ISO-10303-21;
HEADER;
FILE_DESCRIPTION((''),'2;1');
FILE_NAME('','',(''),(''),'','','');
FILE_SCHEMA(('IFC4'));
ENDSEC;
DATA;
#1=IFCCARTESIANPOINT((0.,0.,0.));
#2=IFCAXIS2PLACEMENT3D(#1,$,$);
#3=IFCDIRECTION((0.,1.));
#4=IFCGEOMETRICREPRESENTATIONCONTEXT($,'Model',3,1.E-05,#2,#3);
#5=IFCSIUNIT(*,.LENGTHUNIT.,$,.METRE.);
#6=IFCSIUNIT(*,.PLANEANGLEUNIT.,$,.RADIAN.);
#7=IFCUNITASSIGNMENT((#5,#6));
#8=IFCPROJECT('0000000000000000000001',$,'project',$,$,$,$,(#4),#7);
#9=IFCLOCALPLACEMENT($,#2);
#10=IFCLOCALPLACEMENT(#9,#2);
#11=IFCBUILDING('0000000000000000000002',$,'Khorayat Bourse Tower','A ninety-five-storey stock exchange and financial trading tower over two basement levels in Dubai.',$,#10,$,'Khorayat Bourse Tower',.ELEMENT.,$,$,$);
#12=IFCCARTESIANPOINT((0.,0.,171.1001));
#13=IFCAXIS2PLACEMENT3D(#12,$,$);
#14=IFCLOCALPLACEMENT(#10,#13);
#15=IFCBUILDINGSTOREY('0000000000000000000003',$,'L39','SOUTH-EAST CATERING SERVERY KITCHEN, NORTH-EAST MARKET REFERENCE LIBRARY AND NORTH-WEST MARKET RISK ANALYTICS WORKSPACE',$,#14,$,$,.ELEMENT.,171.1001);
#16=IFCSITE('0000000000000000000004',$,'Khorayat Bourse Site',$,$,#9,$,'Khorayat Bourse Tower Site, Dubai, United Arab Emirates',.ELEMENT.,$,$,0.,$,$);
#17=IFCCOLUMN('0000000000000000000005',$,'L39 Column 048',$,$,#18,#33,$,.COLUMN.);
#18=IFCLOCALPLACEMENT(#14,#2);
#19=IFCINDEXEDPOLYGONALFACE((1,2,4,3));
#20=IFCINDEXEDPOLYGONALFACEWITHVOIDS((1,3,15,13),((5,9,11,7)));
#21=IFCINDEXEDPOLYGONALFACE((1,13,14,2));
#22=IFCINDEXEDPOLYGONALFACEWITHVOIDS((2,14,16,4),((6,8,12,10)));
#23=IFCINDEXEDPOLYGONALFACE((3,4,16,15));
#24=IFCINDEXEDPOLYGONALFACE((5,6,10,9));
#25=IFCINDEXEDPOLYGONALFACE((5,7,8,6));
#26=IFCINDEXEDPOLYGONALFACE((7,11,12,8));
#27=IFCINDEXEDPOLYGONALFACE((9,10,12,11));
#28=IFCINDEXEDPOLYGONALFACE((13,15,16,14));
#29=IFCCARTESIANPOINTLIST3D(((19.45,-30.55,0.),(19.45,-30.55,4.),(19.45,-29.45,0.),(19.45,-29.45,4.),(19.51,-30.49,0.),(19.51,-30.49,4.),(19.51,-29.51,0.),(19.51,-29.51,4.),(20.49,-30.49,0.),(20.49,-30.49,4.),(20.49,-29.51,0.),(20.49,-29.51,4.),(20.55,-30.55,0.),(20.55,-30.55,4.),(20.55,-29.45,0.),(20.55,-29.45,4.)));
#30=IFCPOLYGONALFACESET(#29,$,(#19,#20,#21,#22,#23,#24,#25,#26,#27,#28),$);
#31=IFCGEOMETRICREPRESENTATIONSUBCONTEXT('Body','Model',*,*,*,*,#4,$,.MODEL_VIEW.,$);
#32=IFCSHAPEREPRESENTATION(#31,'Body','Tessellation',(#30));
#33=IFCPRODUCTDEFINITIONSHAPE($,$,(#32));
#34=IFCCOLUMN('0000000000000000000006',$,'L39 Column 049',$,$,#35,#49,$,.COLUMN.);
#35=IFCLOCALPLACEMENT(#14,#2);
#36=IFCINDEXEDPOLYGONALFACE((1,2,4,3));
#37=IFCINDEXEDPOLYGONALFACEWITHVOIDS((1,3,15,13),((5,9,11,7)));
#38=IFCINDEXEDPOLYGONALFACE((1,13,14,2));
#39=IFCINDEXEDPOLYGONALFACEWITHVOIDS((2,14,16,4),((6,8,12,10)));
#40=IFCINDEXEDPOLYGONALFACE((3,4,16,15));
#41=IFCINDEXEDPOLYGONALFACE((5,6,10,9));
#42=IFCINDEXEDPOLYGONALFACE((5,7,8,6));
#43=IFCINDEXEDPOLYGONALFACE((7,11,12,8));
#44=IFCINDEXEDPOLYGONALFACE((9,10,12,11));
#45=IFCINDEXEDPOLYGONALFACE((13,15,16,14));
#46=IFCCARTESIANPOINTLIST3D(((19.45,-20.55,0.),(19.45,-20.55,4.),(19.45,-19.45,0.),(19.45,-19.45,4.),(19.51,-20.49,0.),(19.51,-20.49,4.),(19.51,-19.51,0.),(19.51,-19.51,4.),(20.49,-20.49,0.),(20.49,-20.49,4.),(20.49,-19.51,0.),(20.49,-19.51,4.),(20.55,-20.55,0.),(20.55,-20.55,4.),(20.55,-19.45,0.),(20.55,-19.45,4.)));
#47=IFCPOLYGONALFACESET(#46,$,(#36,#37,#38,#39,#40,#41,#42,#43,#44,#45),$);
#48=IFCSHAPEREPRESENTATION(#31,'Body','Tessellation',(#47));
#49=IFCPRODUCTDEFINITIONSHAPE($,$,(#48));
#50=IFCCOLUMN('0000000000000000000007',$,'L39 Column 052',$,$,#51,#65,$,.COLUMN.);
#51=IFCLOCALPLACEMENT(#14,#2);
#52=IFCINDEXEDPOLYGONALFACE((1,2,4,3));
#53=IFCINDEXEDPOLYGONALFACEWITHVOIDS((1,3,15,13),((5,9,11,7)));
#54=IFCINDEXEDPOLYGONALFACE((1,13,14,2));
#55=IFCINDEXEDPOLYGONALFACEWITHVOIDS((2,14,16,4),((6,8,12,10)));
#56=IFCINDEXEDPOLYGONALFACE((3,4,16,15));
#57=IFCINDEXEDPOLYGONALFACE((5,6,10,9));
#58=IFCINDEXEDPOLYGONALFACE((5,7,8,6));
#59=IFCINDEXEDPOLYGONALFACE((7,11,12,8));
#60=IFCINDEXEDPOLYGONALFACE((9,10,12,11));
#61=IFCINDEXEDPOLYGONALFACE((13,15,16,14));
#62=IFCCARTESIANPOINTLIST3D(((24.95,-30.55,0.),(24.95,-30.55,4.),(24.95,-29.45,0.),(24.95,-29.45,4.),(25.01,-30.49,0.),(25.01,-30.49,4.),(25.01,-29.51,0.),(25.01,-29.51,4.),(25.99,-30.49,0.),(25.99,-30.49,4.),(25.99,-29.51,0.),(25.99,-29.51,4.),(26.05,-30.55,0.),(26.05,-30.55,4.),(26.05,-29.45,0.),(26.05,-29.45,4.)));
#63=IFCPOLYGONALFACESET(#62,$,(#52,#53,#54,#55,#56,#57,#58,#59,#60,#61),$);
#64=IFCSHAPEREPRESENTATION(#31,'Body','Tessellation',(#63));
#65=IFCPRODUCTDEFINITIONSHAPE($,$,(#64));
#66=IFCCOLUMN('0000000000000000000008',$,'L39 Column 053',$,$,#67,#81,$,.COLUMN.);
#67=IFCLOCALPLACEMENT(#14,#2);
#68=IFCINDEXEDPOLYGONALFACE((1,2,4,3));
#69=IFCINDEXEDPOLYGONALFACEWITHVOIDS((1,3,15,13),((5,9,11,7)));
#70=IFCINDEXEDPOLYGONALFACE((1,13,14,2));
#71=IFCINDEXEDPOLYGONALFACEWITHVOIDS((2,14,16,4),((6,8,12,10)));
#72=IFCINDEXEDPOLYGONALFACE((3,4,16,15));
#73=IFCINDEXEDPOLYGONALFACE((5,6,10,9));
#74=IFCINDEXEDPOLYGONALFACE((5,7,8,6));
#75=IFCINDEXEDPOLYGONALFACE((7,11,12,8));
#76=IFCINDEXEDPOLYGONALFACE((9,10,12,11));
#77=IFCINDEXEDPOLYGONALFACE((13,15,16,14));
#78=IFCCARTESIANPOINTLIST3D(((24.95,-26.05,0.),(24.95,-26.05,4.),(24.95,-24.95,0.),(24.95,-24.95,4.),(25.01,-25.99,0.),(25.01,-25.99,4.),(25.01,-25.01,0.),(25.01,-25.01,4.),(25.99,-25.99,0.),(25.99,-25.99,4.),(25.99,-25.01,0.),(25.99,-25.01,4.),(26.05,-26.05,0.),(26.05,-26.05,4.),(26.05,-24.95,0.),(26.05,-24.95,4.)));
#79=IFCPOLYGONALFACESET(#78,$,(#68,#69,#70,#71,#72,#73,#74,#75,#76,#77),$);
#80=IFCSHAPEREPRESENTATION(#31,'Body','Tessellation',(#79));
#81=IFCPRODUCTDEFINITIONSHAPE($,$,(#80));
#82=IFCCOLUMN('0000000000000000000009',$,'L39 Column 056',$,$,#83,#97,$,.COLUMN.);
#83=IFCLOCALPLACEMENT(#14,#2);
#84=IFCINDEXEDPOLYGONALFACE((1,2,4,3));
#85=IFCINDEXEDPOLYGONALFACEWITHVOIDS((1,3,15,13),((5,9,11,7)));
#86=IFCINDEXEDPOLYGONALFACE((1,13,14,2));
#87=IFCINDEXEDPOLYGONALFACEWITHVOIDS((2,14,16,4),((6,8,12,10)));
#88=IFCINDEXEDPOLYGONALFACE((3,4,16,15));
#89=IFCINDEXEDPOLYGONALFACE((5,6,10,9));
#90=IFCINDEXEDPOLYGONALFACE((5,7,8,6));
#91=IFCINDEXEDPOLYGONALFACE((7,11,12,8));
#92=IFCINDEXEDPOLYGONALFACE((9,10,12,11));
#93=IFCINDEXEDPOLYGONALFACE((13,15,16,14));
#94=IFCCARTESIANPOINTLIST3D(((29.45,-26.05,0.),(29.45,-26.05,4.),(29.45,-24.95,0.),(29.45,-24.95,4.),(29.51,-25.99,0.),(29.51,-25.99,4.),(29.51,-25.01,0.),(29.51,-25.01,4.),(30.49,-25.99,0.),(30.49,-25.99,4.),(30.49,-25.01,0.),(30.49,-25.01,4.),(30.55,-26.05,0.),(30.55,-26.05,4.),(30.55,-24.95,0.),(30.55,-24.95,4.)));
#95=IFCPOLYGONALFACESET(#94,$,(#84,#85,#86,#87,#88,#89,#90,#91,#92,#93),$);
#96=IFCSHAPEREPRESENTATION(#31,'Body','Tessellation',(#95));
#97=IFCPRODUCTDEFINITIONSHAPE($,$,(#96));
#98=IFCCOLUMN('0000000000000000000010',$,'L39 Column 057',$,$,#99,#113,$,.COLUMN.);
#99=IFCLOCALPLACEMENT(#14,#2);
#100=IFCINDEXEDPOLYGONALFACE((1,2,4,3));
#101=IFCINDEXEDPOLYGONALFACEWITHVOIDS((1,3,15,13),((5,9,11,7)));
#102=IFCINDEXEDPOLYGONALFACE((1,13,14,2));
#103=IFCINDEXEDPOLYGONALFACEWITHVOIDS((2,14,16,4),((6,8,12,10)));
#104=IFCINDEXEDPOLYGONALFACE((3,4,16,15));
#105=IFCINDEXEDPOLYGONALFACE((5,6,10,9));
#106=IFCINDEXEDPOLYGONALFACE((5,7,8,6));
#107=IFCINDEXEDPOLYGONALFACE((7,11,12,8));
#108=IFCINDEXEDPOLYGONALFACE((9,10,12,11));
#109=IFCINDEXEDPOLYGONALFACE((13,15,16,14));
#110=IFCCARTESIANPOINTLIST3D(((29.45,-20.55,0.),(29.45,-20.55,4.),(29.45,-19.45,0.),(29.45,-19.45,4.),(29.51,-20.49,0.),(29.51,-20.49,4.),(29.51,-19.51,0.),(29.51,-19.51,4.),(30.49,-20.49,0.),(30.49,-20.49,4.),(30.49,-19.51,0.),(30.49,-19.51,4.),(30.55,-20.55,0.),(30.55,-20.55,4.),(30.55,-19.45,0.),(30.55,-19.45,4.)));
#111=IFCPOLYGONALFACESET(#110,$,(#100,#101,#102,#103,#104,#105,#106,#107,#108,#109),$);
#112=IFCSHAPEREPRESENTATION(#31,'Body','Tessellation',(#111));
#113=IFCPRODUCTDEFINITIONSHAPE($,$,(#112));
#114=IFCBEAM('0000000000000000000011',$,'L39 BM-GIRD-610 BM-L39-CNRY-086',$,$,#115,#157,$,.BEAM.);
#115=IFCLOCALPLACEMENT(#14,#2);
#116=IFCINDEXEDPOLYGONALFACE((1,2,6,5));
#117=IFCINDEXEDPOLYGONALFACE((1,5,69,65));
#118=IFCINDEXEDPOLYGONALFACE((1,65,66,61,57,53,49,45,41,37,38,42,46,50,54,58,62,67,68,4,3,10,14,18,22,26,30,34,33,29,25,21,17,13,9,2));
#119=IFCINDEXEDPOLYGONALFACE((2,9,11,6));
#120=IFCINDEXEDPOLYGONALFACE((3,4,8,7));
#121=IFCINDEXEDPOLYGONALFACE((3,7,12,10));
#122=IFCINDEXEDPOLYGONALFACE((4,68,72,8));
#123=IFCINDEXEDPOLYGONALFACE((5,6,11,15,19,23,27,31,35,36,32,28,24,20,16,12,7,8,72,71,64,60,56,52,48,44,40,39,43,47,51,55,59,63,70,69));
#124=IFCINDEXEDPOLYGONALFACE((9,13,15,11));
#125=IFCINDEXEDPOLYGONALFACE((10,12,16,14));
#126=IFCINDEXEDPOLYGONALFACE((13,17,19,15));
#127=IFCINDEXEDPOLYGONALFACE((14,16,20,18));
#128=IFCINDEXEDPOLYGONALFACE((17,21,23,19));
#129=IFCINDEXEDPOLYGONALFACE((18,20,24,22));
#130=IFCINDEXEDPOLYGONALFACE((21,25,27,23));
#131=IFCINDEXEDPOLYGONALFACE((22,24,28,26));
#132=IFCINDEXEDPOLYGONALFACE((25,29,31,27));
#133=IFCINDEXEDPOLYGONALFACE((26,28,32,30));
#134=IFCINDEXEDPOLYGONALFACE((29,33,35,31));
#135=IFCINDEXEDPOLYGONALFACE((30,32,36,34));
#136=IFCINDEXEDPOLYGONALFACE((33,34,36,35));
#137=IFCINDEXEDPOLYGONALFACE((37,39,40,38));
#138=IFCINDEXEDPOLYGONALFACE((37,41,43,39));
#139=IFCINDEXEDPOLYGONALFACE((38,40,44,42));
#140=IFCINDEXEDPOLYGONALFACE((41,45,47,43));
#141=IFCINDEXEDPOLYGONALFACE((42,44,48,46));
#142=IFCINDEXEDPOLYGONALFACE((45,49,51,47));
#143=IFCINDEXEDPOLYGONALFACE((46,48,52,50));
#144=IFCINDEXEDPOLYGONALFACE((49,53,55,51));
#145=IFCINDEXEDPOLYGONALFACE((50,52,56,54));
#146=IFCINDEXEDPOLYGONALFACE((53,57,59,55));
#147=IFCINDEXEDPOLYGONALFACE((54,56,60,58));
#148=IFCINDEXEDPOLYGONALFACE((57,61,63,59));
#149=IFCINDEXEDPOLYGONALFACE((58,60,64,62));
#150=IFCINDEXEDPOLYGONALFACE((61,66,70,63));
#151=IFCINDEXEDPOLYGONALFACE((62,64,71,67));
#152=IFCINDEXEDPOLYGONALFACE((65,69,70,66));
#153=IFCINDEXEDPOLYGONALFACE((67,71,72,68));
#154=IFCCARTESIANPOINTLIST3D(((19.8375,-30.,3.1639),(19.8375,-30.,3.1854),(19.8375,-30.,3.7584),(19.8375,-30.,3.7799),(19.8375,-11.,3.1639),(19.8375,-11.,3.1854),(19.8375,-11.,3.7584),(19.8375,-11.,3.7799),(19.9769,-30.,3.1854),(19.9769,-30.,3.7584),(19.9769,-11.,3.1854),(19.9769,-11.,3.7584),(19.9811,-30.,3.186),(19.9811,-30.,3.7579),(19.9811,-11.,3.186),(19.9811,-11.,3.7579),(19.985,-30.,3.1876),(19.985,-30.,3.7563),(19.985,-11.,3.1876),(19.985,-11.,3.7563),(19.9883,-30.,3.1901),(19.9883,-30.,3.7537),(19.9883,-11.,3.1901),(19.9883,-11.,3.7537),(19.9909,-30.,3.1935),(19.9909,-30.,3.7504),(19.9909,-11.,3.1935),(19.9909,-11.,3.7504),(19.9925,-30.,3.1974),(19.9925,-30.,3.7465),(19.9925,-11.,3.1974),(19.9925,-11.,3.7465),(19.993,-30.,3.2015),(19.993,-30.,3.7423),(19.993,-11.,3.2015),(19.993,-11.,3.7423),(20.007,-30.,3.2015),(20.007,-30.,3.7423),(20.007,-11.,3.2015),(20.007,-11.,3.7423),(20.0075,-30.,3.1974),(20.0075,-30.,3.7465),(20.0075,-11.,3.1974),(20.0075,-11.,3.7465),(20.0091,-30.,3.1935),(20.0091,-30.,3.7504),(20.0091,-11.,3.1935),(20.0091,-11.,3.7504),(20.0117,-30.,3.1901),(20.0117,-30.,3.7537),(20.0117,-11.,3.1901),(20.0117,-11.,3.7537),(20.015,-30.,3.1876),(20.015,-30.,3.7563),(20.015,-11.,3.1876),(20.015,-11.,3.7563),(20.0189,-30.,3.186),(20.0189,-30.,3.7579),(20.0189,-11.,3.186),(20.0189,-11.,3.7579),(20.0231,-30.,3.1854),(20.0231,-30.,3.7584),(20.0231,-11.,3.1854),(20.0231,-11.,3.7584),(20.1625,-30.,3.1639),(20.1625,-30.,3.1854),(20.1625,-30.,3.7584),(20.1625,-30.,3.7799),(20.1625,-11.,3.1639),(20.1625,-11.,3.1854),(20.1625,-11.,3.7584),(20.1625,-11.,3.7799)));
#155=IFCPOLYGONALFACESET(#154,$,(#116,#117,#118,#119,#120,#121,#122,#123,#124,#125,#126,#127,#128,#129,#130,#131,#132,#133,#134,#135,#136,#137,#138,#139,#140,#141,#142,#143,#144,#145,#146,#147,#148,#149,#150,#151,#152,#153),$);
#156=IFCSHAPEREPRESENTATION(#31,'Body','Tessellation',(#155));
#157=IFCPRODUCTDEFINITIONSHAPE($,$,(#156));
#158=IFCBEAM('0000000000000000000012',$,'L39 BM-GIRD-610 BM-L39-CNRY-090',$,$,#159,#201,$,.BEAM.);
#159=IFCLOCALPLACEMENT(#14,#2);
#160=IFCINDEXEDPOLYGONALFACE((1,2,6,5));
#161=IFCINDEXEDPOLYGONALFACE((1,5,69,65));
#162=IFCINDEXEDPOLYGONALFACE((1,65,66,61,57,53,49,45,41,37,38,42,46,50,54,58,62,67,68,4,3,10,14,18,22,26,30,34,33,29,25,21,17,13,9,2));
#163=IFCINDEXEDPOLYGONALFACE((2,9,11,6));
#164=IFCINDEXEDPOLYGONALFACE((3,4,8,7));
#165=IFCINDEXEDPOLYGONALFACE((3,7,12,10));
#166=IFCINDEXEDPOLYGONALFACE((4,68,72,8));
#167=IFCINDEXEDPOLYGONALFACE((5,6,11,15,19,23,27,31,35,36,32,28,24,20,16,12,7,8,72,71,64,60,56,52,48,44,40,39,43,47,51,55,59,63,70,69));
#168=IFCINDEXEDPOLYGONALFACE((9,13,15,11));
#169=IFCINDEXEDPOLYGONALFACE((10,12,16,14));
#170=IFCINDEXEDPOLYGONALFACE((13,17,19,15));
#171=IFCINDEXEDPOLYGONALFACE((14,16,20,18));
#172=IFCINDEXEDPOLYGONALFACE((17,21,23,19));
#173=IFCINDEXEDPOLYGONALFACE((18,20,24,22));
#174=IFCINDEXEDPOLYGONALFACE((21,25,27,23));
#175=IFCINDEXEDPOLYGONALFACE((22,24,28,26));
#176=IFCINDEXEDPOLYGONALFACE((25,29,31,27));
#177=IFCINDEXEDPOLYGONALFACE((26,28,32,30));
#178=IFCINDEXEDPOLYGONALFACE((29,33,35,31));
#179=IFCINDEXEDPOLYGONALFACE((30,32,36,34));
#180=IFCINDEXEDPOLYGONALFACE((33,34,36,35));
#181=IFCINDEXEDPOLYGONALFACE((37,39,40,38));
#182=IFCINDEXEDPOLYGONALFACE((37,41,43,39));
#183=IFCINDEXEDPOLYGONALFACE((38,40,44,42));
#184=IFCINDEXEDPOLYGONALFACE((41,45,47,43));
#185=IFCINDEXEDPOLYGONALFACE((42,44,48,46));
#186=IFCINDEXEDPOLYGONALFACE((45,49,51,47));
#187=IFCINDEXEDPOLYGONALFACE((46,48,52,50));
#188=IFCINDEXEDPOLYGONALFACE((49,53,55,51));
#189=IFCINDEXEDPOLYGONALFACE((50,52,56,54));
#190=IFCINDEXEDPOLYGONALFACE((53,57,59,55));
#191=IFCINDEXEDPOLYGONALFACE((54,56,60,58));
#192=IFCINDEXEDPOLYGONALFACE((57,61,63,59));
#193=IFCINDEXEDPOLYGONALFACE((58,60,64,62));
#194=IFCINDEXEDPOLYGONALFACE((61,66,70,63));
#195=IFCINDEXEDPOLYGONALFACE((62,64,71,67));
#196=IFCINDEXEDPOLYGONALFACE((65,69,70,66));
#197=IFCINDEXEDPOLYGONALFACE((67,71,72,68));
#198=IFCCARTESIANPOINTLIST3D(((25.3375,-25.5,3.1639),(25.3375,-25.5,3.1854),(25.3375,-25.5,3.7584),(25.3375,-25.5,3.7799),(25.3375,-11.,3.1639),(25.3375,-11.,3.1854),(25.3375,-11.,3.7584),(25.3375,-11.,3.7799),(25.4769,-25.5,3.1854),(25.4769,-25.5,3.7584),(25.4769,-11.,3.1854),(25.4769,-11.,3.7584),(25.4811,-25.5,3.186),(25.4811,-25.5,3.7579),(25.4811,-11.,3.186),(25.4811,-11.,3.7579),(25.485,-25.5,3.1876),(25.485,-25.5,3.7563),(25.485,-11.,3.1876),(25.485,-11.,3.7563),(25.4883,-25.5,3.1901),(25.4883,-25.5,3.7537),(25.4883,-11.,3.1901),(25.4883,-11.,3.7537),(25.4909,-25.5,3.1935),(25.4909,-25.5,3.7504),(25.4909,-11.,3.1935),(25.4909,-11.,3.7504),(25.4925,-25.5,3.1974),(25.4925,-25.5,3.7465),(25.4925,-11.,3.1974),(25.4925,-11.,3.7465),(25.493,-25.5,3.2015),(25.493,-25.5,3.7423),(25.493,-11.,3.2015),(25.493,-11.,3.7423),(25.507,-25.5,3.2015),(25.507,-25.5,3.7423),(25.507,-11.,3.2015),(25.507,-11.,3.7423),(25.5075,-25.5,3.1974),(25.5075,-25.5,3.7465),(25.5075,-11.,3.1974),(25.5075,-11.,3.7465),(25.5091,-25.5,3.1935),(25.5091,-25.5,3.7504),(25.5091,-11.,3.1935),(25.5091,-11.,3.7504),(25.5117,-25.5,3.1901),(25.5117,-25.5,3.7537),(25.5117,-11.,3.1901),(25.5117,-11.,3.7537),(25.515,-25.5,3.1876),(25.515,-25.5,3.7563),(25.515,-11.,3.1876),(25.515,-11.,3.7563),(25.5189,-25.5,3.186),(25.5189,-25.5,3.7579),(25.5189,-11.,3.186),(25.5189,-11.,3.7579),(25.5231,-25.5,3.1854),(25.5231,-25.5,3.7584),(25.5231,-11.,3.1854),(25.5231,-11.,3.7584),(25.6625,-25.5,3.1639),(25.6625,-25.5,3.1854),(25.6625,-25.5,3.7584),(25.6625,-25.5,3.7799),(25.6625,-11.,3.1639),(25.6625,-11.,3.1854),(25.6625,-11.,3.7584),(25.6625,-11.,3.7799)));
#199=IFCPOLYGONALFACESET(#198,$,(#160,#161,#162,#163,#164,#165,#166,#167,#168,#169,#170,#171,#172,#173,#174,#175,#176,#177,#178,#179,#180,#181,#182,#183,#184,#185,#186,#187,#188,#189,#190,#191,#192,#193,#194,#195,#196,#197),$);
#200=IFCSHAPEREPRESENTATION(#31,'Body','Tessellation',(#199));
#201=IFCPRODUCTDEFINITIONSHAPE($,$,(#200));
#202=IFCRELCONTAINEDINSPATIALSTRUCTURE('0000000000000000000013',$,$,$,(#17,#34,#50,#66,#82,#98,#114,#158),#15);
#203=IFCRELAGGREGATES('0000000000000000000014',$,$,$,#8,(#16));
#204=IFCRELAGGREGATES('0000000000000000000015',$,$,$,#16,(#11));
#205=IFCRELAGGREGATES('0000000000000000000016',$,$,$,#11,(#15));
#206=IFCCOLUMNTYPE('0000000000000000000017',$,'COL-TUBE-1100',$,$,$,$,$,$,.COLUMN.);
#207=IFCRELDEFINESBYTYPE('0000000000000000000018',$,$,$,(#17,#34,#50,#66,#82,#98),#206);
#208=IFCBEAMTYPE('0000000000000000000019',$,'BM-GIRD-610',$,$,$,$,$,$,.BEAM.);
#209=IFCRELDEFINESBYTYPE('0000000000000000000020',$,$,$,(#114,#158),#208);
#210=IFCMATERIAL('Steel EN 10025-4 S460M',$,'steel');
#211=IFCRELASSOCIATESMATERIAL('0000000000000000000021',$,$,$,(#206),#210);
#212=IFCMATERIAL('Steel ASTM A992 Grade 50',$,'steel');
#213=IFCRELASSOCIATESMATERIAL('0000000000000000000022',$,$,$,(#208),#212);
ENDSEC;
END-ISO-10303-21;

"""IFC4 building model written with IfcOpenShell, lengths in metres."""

from ifc_helpers import new_model, si_unit, direction, frame, origin, origin_2d, place, context, subcontext, project, spatial, hollow_rectangle, i_section, extrude, source, transform, mapped, material, material_profile, profile_set, type_object, element, save


model = new_model("IFC4")

# Units and contexts
model_context = context("Model", 3, precision=1e-05, world=origin(), true_north=direction((0.0, 1.0)))
body_context = subcontext(model_context, "Body", "Model", "MODEL_VIEW")
ifc_project = project(units=[si_unit("LENGTHUNIT", "METRE"), si_unit("PLANEANGLEUNIT", "RADIAN")], contexts=[model_context])

# Site, building, storey
site_placement = place(None, origin())
site = spatial("IfcSite", under=ifc_project, at=site_placement, Name="Khorayat Bourse Site", LongName="Khorayat Bourse Tower Site, Dubai, United Arab Emirates", CompositionType="ELEMENT", RefElevation=0.0)
building_placement = place(site_placement, origin())
building = spatial("IfcBuilding", under=site, at=building_placement, Name="Khorayat Bourse Tower", Description="A ninety-five-storey stock exchange and financial trading tower over two basement levels in Dubai.", LongName="Khorayat Bourse Tower", CompositionType="ELEMENT")
storey_placement = place(building_placement, frame((0.0, 0.0, 171.1001)))
storey = spatial("IfcBuildingStorey", under=building, at=storey_placement, Name="L39", Description="SOUTH-EAST CATERING SERVERY KITCHEN, NORTH-EAST MARKET REFERENCE LIBRARY AND NORTH-WEST MARKET RISK ANALYTICS WORKSPACE", CompositionType="ELEMENT", Elevation=171.1001)

# Columns
ifc_material_1 = material(Name="Steel EN 10025-4 S460M", Category="steel")
ifc_material_profile_1 = material_profile(ifc_material_1, hollow_rectangle(XDim=1.1001, YDim=1.1001, WallThickness=0.0601, at=origin_2d()), Name="BOX 1100x1100x60")
ifc_profile_set_1 = profile_set([ifc_material_profile_1], Name="Steel EN 10025-4 S460M")
column_type = type_object("IfcColumnType", Name="COL-TUBE-1100", PredefinedType="COLUMN", material=ifc_profile_set_1)
shared_shape_1 = source(origin(), body_context, "Body", "SweptSolid", [
    extrude(hollow_rectangle(XDim=1.1001, YDim=1.1001, WallThickness=0.0601, at=origin_2d()), origin(), (0.0, 0.0, 1.0), 4.0),
])
for number, where, z_axis, x_axis, name in (
    (1, (20.0, -30.0, 0.0), (0.0, 0.0, 1.0), (1.0, 0.0, 0.0), "L39 Column 048"),
    (2, (20.0, -20.0, 0.0), (0.0, 0.0, 1.0), (1.0, 0.0, 0.0), "L39 Column 049"),
    (3, (25.5, -30.0, 0.0), (0.0, 0.0, 1.0), (1.0, 0.0, 0.0), "L39 Column 052"),
    (4, (25.5, -25.5, 0.0), (0.0, 0.0, 1.0), (1.0, 0.0, 0.0), "L39 Column 053"),
    (5, (30.0, -25.5, 0.0), (0.0, 0.0, 1.0), (1.0, 0.0, 0.0), "L39 Column 056"),
    (6, (30.0, -20.0, 0.0), (0.0, 0.0, 1.0), (1.0, 0.0, 0.0), "L39 Column 057"),
):
    element("IfcColumn", number, at=place(storey_placement, frame(where, z_axis=z_axis, x_axis=x_axis)), inside=storey, type_object=column_type, Name=name, PredefinedType="COLUMN", context=body_context, shape_type="MappedRepresentation", body=[
        mapped(shared_shape_1, transform((0.0, 0.0, 0.0), scale=1.0)),
    ])

# Beams
ifc_material_2 = material(Name="Steel ASTM A992 Grade 50", Category="steel")
ifc_material_profile_2 = material_profile(ifc_material_2, i_section(OverallWidth=0.325, OverallDepth=0.616, WebThickness=0.0139, FlangeThickness=0.0215, FilletRadius=0.0161, at=origin_2d()), Name="W610X174")
ifc_profile_set_2 = profile_set([ifc_material_profile_2], Name="Steel ASTM A992 Grade 50")
beam_type_1 = type_object("IfcBeamType", Name="BM-GIRD-610", PredefinedType="BEAM", material=ifc_profile_set_2)
shared_shape_2 = source(origin(), body_context, "Body", "SweptSolid", [
    extrude(i_section(OverallWidth=0.325, OverallDepth=0.616, WebThickness=0.0139, FlangeThickness=0.0215, FilletRadius=0.0161, at=origin_2d()), origin(), (0.0, 0.0, 1.0), 19.0),
])
beam_1_placement = place(storey_placement, frame((20.0, -30.0, 3.4719), z_axis=(0.0, 1.0, 0.0), x_axis=(-1.0, 0.0, 0.0)))
element("IfcBeam", 7, at=beam_1_placement, inside=storey, type_object=beam_type_1, Name="L39 BM-GIRD-610 BM-L39-CNRY-086", PredefinedType="BEAM", context=body_context, shape_type="MappedRepresentation", body=[
    mapped(shared_shape_2, transform((0.0, 0.0, 0.0), scale=1.0)),
])
shared_shape_3 = source(origin(), body_context, "Body", "SweptSolid", [
    extrude(i_section(OverallWidth=0.325, OverallDepth=0.616, WebThickness=0.0139, FlangeThickness=0.0215, FilletRadius=0.0161, at=origin_2d()), origin(), (0.0, 0.0, 1.0), 14.5),
])
beam_2_placement = place(storey_placement, frame((25.5, -25.5, 3.4719), z_axis=(0.0, 1.0, 0.0), x_axis=(-1.0, 0.0, 0.0)))
element("IfcBeam", 8, at=beam_2_placement, inside=storey, type_object=beam_type_1, Name="L39 BM-GIRD-610 BM-L39-CNRY-090", PredefinedType="BEAM", context=body_context, shape_type="MappedRepresentation", body=[
    mapped(shared_shape_3, transform((0.0, 0.0, 0.0), scale=1.0)),
])

save(model, "model.ifc")
